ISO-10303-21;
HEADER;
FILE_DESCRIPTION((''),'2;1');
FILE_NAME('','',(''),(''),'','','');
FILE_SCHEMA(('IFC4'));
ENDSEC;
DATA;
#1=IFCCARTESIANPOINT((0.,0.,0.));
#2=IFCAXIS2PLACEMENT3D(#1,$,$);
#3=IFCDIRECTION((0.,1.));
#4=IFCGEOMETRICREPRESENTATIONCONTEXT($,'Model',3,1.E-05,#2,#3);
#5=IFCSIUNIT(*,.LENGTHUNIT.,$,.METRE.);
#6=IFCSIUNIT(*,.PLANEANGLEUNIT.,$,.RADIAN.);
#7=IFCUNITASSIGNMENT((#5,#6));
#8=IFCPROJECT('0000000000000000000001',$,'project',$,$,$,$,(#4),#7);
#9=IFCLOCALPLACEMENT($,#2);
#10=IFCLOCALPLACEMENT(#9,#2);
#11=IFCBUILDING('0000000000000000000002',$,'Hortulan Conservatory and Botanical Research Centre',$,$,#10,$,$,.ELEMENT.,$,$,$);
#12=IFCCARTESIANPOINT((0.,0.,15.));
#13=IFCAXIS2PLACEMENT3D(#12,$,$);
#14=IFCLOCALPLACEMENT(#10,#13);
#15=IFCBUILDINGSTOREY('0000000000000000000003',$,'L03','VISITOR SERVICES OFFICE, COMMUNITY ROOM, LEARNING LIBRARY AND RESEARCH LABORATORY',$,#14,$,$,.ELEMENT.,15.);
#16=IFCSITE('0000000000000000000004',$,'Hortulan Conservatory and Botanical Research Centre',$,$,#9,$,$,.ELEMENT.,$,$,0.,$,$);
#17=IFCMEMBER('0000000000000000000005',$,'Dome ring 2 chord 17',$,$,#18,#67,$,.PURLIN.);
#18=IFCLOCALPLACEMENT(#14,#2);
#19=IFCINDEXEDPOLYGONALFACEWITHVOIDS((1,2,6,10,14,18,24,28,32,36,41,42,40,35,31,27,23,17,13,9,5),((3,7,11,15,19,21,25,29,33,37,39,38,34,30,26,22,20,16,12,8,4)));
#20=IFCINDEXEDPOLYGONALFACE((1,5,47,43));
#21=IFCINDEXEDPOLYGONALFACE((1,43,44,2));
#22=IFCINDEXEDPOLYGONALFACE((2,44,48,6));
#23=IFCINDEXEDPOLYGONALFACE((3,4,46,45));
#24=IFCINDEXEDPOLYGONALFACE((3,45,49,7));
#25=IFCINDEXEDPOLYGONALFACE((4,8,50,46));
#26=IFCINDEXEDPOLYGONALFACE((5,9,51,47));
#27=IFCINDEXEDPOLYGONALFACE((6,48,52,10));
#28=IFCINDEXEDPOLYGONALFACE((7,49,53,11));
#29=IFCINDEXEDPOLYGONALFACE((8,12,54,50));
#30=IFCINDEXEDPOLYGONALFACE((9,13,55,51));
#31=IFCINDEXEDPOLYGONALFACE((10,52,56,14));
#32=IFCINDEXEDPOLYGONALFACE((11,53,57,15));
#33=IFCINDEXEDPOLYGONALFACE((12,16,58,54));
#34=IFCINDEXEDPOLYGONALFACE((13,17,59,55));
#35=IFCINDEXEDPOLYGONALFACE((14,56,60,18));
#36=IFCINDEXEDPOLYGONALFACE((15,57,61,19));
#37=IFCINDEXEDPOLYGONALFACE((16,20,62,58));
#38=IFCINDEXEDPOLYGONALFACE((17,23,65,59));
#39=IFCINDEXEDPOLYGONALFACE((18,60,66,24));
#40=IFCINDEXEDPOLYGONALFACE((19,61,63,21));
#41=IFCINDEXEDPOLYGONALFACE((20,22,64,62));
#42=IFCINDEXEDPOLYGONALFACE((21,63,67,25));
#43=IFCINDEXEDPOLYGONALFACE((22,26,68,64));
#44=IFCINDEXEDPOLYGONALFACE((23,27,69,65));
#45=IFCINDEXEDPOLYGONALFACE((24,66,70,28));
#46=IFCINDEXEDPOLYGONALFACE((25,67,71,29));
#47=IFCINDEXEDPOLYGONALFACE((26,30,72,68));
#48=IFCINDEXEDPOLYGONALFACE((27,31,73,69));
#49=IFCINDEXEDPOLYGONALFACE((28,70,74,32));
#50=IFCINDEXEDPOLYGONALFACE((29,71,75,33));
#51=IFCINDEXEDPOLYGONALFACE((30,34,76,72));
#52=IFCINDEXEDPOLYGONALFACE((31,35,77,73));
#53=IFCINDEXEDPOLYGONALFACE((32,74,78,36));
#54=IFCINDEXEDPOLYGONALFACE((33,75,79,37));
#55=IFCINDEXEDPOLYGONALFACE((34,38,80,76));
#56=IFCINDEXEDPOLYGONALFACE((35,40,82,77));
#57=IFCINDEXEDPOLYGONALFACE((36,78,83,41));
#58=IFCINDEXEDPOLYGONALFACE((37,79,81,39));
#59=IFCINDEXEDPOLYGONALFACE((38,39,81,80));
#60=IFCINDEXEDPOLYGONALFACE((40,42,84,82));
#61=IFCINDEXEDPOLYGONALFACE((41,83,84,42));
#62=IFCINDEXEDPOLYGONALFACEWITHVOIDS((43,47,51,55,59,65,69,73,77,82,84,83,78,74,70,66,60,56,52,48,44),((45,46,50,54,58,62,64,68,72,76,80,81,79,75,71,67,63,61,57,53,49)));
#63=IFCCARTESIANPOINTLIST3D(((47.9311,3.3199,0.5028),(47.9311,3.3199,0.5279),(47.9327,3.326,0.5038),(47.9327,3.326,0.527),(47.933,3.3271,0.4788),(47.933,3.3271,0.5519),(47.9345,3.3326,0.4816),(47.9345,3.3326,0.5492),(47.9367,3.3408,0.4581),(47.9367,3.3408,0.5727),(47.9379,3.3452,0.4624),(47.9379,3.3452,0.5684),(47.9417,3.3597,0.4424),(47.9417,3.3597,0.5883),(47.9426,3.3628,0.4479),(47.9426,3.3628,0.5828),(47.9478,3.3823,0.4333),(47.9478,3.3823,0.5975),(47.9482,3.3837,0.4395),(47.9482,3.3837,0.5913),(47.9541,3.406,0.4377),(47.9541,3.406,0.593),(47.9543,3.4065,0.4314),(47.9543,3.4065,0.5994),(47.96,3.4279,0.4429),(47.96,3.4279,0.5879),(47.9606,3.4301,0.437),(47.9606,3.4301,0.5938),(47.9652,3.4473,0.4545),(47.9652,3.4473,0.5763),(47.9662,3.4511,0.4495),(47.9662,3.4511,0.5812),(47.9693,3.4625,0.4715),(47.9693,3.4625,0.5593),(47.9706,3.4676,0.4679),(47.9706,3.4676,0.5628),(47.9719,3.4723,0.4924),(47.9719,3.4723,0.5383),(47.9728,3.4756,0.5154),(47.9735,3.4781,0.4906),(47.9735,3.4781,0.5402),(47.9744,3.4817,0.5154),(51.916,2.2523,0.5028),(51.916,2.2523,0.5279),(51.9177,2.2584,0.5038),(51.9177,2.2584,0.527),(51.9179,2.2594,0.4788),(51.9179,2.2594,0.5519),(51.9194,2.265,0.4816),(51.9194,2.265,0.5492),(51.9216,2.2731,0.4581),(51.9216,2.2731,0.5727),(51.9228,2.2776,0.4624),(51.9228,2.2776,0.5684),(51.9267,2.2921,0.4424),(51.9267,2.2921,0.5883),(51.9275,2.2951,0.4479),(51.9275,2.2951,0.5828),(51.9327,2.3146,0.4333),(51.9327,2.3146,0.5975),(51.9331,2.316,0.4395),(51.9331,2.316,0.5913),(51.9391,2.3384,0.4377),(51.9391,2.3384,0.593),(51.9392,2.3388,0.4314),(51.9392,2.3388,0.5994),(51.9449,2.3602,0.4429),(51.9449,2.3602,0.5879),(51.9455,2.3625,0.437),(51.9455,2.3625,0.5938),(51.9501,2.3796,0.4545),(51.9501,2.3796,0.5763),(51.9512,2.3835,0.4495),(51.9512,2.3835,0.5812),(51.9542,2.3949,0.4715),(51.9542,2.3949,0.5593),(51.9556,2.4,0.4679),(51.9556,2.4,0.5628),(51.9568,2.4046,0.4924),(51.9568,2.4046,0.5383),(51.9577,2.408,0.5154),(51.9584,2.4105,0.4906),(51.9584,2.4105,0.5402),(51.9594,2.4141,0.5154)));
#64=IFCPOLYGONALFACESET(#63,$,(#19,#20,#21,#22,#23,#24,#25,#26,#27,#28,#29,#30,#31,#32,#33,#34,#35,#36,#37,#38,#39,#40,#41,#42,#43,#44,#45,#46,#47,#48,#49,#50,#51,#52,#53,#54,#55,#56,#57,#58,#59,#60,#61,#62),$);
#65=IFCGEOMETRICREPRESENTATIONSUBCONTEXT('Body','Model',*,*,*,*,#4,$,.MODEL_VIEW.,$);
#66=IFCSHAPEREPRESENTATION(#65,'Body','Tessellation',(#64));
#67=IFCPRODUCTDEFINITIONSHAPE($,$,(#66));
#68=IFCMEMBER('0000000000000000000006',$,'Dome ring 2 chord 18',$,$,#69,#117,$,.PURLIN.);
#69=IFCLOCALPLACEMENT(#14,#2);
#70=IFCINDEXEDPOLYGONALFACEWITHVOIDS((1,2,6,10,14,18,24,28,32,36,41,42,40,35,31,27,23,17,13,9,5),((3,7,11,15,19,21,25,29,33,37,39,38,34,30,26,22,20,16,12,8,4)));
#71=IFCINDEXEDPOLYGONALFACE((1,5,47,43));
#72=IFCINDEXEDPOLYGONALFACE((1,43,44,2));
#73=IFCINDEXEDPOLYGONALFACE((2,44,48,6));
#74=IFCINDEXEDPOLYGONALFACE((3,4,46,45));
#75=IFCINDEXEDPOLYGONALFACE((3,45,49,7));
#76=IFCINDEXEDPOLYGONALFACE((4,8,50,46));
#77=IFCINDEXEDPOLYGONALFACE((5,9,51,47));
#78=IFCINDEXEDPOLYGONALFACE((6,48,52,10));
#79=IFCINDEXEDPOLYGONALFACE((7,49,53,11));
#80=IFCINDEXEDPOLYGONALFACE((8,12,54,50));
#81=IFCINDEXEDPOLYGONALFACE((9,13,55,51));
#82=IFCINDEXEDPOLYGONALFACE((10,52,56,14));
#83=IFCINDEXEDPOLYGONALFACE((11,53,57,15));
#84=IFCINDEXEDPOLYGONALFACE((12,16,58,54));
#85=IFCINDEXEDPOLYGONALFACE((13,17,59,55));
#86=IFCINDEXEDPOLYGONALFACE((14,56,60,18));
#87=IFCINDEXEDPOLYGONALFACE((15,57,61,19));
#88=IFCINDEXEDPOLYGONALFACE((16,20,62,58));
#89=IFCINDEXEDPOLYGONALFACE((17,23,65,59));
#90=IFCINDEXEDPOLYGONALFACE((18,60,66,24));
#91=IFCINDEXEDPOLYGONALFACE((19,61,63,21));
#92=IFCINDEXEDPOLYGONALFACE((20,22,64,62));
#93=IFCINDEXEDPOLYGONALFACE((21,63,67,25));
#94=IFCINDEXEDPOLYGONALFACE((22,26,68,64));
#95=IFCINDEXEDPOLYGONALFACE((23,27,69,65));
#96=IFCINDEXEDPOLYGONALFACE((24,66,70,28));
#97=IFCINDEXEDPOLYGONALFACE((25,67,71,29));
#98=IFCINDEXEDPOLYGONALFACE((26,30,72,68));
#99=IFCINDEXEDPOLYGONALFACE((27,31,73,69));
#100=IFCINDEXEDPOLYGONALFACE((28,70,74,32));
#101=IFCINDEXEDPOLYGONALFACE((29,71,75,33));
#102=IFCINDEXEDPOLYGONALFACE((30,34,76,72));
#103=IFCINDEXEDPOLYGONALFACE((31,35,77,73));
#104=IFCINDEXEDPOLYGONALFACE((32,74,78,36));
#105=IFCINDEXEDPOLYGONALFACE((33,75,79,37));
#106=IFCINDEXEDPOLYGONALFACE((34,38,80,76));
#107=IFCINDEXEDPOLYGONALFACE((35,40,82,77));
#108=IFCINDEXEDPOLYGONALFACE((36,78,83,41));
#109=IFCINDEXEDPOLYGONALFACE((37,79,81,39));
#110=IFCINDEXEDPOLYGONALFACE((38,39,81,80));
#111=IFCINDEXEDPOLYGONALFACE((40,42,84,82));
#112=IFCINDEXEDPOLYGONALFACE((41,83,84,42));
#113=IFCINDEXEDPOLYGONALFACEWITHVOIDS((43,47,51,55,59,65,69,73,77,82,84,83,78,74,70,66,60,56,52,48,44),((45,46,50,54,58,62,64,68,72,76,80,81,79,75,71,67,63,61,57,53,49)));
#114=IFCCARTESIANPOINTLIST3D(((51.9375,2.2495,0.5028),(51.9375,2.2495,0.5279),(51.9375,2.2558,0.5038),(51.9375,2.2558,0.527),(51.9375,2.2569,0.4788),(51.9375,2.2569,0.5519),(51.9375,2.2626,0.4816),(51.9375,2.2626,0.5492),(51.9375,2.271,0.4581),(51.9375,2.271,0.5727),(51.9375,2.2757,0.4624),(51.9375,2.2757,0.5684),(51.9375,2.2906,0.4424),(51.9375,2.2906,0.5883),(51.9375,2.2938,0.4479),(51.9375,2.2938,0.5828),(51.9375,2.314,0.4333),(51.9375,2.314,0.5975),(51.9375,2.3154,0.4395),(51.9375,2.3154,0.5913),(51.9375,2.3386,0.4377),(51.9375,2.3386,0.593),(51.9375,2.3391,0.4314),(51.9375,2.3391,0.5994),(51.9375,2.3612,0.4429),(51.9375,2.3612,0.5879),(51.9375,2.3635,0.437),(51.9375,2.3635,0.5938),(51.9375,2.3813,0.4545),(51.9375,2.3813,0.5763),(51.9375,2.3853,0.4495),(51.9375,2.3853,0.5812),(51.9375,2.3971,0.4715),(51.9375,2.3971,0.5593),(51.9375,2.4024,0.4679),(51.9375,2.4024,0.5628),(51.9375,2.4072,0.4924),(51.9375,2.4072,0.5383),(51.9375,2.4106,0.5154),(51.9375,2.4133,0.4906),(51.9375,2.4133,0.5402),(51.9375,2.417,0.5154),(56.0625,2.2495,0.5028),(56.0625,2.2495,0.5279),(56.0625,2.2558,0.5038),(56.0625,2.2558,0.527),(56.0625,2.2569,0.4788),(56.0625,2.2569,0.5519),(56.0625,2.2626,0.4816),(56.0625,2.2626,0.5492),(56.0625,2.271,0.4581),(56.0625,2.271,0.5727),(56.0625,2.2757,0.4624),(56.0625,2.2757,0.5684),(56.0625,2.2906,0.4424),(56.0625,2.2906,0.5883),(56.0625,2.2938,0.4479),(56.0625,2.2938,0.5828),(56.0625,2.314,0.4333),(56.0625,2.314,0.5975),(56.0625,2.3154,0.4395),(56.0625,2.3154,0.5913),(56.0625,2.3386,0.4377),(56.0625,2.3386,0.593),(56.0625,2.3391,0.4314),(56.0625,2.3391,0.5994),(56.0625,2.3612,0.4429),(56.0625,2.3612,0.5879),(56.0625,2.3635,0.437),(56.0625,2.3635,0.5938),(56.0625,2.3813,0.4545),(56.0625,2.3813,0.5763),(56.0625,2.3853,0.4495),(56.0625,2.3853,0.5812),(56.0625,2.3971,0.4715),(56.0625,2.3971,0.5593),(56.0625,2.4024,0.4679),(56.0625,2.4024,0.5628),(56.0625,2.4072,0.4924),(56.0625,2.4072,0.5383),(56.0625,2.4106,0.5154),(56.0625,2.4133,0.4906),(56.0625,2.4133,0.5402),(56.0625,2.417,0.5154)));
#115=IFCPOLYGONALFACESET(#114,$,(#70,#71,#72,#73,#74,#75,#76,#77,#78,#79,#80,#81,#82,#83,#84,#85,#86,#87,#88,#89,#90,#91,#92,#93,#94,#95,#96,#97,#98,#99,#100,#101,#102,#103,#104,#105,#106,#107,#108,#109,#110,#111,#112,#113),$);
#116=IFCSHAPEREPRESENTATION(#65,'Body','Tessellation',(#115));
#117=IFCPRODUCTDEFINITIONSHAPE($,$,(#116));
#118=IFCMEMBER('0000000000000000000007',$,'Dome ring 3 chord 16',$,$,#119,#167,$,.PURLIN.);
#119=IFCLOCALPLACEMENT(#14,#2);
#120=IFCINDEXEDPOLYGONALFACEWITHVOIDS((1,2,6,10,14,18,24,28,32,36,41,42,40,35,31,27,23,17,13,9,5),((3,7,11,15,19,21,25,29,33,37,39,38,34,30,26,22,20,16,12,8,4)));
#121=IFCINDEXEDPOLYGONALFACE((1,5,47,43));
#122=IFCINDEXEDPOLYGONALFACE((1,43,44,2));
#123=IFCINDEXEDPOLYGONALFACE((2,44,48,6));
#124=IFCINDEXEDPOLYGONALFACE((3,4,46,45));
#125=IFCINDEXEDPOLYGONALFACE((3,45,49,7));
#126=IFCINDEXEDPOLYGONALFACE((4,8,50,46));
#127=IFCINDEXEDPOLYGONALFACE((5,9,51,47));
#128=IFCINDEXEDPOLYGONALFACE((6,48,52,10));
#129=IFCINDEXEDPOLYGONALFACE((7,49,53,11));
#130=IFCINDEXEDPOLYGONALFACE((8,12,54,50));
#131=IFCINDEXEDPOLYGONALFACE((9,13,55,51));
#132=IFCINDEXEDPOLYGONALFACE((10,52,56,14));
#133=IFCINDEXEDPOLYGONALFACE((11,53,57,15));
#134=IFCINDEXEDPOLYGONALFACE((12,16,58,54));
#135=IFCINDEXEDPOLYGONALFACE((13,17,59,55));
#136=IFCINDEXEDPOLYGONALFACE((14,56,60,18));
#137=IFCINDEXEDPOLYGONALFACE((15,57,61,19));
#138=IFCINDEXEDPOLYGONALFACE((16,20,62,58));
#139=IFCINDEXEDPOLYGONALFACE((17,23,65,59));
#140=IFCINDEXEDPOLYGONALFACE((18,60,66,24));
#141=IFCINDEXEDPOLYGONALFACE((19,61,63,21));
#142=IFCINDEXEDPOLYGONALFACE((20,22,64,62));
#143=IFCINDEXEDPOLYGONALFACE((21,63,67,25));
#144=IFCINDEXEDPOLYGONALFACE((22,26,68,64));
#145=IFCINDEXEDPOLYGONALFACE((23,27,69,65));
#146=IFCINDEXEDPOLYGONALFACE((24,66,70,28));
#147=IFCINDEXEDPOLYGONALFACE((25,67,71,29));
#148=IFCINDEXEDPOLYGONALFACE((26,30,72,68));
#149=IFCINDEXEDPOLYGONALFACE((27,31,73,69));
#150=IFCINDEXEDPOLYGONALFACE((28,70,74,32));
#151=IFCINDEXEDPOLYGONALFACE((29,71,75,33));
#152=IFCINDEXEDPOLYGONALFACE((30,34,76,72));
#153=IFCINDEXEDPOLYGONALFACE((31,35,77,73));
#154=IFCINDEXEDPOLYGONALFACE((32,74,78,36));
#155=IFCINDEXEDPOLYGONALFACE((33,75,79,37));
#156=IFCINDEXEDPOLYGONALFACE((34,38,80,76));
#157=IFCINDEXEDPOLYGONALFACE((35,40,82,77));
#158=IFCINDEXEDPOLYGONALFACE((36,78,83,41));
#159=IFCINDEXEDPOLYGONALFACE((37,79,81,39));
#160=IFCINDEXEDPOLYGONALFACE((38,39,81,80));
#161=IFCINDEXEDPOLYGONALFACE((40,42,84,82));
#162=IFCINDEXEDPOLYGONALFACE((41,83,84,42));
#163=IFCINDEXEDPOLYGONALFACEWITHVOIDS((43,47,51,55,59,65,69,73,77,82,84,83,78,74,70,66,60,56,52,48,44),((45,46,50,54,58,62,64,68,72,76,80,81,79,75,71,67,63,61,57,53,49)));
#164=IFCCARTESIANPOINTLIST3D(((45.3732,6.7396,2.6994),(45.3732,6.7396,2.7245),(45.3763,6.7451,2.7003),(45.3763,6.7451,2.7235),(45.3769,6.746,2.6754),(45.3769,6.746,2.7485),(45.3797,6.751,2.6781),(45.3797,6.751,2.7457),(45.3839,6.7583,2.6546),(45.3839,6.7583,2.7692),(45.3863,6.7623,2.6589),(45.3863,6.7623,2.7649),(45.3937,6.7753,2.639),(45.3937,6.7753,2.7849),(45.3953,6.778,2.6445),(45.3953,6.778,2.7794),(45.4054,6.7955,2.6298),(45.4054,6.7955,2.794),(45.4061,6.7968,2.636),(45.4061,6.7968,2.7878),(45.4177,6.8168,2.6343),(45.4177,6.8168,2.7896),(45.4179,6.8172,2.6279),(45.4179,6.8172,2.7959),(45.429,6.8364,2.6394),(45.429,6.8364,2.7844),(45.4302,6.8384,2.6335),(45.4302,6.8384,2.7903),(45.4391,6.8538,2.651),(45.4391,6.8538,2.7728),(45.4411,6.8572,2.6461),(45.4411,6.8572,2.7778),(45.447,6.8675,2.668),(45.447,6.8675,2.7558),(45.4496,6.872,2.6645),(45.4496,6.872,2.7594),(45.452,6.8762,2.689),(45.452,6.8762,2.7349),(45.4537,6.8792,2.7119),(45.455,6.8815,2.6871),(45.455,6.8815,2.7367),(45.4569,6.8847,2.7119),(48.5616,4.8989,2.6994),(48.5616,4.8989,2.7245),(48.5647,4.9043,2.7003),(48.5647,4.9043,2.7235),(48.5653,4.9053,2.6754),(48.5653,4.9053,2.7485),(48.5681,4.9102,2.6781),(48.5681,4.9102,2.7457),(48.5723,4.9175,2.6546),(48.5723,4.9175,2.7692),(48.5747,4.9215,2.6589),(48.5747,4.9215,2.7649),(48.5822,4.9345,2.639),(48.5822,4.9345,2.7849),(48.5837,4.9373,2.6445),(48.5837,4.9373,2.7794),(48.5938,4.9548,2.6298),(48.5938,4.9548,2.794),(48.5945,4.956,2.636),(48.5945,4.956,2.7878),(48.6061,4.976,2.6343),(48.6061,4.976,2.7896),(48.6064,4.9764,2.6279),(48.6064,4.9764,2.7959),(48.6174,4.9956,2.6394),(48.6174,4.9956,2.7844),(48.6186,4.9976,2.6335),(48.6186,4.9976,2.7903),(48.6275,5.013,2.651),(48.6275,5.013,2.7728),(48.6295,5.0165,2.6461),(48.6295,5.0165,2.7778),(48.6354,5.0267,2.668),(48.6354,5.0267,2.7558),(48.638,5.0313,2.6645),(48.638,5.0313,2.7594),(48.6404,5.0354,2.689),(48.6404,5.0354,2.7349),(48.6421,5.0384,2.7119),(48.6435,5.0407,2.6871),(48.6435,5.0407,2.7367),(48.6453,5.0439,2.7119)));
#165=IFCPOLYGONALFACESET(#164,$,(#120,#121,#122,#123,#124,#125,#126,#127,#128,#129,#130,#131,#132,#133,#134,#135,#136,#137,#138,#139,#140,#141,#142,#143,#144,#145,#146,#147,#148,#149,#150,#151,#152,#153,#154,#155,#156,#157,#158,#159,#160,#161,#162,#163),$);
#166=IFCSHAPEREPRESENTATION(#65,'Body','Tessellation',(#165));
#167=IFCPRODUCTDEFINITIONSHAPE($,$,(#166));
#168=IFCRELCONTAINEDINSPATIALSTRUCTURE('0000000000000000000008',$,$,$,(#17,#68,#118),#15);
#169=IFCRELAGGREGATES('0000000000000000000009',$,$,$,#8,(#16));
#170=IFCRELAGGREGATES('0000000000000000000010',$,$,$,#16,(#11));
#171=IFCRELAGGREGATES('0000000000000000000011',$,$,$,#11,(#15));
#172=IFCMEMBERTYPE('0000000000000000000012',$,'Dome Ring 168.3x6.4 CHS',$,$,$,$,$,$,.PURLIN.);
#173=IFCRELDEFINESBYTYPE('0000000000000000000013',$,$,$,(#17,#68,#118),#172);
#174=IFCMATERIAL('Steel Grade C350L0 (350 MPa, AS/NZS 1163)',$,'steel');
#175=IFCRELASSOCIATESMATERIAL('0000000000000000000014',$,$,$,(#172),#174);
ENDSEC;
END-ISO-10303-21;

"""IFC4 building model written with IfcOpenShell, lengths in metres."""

from ifc_helpers import new_model, si_unit, direction, frame, origin, origin_2d, place, context, subcontext, project, spatial, hollow_circle, extrude, material, material_profile, profile_set, type_object, element, save


model = new_model("IFC4")

# Units and contexts
model_context = context("Model", 3, precision=1e-05, world=origin(), true_north=direction((0.0, 1.0)))
body_context = subcontext(model_context, "Body", "Model", "MODEL_VIEW")
ifc_project = project(units=[si_unit("LENGTHUNIT", "METRE"), si_unit("PLANEANGLEUNIT", "RADIAN")], contexts=[model_context])

# Site, building, storey
site_placement = place(None, origin())
site = spatial("IfcSite", under=ifc_project, at=site_placement, Name="Hortulan Conservatory and Botanical Research Centre", CompositionType="ELEMENT", RefElevation=0.0)
building_placement = place(site_placement, origin())
building = spatial("IfcBuilding", under=site, at=building_placement, Name="Hortulan Conservatory and Botanical Research Centre", CompositionType="ELEMENT")
storey_placement = place(building_placement, frame((0.0, 0.0, 15.0)))
storey = spatial("IfcBuildingStorey", under=building, at=storey_placement, Name="L03", Description="VISITOR SERVICES OFFICE, COMMUNITY ROOM, LEARNING LIBRARY AND RESEARCH LABORATORY", CompositionType="ELEMENT", Elevation=15.0)

# Shared definitions
ifc_material_1 = material(Name="Steel Grade C350L0 (350 MPa, AS/NZS 1163)", Category="steel")

# Members
ifc_material_profile_1 = material_profile(ifc_material_1, hollow_circle(Radius=0.0842, WallThickness=0.0063, at=origin_2d()), Name="168.3x6.4CHS")
ifc_profile_set_1 = profile_set([ifc_material_profile_1], Name="Steel Grade C350L0 (350 MPa, AS/NZS 1163)")
member_type_1 = type_object("IfcMemberType", Name="Dome Ring 168.3x6.4 CHS", PredefinedType="PURLIN", material=ifc_profile_set_1)
member_1_placement = place(storey_placement, frame((47.9526, 3.4004, 0.5154), z_axis=(0.965933, -0.258793, 0.0), x_axis=(0.258793, 0.965933, 0.0)))
element("IfcMember", 1, at=member_1_placement, inside=storey, type_object=member_type_1, Name="Dome ring 2 chord 17", PredefinedType="PURLIN", context=body_context, shape_type="SweptSolid", body=[
    extrude(hollow_circle(Radius=0.0842, WallThickness=0.0063, at=origin_2d()), origin(), (0.0, 0.0, 1.0), 4.1255),
])
member_2_placement = place(storey_placement, frame((51.9375, 2.3328, 0.5154), z_axis=(1.0, 0.0, 0.0), x_axis=(0.0, 1.0, 0.0)))
element("IfcMember", 2, at=member_2_placement, inside=storey, type_object=member_type_1, Name="Dome ring 2 chord 18", PredefinedType="PURLIN", context=body_context, shape_type="SweptSolid", body=[
    extrude(hollow_circle(Radius=0.0842, WallThickness=0.0063, at=origin_2d()), origin(), (0.0, 0.0, 1.0), 4.125),
])
member_3_placement = place(storey_placement, frame((45.4148, 6.8118, 2.7119), z_axis=(0.866031, -0.49999, 0.0), x_axis=(0.49999, 0.866031, 0.0)))
element("IfcMember", 3, at=member_3_placement, inside=storey, type_object=member_type_1, Name="Dome ring 3 chord 16", PredefinedType="PURLIN", context=body_context, shape_type="SweptSolid", body=[
    extrude(hollow_circle(Radius=0.0842, WallThickness=0.0063, at=origin_2d()), origin(), (0.0, 0.0, 1.0), 3.6816),
])

save(model, "model.ifc")
